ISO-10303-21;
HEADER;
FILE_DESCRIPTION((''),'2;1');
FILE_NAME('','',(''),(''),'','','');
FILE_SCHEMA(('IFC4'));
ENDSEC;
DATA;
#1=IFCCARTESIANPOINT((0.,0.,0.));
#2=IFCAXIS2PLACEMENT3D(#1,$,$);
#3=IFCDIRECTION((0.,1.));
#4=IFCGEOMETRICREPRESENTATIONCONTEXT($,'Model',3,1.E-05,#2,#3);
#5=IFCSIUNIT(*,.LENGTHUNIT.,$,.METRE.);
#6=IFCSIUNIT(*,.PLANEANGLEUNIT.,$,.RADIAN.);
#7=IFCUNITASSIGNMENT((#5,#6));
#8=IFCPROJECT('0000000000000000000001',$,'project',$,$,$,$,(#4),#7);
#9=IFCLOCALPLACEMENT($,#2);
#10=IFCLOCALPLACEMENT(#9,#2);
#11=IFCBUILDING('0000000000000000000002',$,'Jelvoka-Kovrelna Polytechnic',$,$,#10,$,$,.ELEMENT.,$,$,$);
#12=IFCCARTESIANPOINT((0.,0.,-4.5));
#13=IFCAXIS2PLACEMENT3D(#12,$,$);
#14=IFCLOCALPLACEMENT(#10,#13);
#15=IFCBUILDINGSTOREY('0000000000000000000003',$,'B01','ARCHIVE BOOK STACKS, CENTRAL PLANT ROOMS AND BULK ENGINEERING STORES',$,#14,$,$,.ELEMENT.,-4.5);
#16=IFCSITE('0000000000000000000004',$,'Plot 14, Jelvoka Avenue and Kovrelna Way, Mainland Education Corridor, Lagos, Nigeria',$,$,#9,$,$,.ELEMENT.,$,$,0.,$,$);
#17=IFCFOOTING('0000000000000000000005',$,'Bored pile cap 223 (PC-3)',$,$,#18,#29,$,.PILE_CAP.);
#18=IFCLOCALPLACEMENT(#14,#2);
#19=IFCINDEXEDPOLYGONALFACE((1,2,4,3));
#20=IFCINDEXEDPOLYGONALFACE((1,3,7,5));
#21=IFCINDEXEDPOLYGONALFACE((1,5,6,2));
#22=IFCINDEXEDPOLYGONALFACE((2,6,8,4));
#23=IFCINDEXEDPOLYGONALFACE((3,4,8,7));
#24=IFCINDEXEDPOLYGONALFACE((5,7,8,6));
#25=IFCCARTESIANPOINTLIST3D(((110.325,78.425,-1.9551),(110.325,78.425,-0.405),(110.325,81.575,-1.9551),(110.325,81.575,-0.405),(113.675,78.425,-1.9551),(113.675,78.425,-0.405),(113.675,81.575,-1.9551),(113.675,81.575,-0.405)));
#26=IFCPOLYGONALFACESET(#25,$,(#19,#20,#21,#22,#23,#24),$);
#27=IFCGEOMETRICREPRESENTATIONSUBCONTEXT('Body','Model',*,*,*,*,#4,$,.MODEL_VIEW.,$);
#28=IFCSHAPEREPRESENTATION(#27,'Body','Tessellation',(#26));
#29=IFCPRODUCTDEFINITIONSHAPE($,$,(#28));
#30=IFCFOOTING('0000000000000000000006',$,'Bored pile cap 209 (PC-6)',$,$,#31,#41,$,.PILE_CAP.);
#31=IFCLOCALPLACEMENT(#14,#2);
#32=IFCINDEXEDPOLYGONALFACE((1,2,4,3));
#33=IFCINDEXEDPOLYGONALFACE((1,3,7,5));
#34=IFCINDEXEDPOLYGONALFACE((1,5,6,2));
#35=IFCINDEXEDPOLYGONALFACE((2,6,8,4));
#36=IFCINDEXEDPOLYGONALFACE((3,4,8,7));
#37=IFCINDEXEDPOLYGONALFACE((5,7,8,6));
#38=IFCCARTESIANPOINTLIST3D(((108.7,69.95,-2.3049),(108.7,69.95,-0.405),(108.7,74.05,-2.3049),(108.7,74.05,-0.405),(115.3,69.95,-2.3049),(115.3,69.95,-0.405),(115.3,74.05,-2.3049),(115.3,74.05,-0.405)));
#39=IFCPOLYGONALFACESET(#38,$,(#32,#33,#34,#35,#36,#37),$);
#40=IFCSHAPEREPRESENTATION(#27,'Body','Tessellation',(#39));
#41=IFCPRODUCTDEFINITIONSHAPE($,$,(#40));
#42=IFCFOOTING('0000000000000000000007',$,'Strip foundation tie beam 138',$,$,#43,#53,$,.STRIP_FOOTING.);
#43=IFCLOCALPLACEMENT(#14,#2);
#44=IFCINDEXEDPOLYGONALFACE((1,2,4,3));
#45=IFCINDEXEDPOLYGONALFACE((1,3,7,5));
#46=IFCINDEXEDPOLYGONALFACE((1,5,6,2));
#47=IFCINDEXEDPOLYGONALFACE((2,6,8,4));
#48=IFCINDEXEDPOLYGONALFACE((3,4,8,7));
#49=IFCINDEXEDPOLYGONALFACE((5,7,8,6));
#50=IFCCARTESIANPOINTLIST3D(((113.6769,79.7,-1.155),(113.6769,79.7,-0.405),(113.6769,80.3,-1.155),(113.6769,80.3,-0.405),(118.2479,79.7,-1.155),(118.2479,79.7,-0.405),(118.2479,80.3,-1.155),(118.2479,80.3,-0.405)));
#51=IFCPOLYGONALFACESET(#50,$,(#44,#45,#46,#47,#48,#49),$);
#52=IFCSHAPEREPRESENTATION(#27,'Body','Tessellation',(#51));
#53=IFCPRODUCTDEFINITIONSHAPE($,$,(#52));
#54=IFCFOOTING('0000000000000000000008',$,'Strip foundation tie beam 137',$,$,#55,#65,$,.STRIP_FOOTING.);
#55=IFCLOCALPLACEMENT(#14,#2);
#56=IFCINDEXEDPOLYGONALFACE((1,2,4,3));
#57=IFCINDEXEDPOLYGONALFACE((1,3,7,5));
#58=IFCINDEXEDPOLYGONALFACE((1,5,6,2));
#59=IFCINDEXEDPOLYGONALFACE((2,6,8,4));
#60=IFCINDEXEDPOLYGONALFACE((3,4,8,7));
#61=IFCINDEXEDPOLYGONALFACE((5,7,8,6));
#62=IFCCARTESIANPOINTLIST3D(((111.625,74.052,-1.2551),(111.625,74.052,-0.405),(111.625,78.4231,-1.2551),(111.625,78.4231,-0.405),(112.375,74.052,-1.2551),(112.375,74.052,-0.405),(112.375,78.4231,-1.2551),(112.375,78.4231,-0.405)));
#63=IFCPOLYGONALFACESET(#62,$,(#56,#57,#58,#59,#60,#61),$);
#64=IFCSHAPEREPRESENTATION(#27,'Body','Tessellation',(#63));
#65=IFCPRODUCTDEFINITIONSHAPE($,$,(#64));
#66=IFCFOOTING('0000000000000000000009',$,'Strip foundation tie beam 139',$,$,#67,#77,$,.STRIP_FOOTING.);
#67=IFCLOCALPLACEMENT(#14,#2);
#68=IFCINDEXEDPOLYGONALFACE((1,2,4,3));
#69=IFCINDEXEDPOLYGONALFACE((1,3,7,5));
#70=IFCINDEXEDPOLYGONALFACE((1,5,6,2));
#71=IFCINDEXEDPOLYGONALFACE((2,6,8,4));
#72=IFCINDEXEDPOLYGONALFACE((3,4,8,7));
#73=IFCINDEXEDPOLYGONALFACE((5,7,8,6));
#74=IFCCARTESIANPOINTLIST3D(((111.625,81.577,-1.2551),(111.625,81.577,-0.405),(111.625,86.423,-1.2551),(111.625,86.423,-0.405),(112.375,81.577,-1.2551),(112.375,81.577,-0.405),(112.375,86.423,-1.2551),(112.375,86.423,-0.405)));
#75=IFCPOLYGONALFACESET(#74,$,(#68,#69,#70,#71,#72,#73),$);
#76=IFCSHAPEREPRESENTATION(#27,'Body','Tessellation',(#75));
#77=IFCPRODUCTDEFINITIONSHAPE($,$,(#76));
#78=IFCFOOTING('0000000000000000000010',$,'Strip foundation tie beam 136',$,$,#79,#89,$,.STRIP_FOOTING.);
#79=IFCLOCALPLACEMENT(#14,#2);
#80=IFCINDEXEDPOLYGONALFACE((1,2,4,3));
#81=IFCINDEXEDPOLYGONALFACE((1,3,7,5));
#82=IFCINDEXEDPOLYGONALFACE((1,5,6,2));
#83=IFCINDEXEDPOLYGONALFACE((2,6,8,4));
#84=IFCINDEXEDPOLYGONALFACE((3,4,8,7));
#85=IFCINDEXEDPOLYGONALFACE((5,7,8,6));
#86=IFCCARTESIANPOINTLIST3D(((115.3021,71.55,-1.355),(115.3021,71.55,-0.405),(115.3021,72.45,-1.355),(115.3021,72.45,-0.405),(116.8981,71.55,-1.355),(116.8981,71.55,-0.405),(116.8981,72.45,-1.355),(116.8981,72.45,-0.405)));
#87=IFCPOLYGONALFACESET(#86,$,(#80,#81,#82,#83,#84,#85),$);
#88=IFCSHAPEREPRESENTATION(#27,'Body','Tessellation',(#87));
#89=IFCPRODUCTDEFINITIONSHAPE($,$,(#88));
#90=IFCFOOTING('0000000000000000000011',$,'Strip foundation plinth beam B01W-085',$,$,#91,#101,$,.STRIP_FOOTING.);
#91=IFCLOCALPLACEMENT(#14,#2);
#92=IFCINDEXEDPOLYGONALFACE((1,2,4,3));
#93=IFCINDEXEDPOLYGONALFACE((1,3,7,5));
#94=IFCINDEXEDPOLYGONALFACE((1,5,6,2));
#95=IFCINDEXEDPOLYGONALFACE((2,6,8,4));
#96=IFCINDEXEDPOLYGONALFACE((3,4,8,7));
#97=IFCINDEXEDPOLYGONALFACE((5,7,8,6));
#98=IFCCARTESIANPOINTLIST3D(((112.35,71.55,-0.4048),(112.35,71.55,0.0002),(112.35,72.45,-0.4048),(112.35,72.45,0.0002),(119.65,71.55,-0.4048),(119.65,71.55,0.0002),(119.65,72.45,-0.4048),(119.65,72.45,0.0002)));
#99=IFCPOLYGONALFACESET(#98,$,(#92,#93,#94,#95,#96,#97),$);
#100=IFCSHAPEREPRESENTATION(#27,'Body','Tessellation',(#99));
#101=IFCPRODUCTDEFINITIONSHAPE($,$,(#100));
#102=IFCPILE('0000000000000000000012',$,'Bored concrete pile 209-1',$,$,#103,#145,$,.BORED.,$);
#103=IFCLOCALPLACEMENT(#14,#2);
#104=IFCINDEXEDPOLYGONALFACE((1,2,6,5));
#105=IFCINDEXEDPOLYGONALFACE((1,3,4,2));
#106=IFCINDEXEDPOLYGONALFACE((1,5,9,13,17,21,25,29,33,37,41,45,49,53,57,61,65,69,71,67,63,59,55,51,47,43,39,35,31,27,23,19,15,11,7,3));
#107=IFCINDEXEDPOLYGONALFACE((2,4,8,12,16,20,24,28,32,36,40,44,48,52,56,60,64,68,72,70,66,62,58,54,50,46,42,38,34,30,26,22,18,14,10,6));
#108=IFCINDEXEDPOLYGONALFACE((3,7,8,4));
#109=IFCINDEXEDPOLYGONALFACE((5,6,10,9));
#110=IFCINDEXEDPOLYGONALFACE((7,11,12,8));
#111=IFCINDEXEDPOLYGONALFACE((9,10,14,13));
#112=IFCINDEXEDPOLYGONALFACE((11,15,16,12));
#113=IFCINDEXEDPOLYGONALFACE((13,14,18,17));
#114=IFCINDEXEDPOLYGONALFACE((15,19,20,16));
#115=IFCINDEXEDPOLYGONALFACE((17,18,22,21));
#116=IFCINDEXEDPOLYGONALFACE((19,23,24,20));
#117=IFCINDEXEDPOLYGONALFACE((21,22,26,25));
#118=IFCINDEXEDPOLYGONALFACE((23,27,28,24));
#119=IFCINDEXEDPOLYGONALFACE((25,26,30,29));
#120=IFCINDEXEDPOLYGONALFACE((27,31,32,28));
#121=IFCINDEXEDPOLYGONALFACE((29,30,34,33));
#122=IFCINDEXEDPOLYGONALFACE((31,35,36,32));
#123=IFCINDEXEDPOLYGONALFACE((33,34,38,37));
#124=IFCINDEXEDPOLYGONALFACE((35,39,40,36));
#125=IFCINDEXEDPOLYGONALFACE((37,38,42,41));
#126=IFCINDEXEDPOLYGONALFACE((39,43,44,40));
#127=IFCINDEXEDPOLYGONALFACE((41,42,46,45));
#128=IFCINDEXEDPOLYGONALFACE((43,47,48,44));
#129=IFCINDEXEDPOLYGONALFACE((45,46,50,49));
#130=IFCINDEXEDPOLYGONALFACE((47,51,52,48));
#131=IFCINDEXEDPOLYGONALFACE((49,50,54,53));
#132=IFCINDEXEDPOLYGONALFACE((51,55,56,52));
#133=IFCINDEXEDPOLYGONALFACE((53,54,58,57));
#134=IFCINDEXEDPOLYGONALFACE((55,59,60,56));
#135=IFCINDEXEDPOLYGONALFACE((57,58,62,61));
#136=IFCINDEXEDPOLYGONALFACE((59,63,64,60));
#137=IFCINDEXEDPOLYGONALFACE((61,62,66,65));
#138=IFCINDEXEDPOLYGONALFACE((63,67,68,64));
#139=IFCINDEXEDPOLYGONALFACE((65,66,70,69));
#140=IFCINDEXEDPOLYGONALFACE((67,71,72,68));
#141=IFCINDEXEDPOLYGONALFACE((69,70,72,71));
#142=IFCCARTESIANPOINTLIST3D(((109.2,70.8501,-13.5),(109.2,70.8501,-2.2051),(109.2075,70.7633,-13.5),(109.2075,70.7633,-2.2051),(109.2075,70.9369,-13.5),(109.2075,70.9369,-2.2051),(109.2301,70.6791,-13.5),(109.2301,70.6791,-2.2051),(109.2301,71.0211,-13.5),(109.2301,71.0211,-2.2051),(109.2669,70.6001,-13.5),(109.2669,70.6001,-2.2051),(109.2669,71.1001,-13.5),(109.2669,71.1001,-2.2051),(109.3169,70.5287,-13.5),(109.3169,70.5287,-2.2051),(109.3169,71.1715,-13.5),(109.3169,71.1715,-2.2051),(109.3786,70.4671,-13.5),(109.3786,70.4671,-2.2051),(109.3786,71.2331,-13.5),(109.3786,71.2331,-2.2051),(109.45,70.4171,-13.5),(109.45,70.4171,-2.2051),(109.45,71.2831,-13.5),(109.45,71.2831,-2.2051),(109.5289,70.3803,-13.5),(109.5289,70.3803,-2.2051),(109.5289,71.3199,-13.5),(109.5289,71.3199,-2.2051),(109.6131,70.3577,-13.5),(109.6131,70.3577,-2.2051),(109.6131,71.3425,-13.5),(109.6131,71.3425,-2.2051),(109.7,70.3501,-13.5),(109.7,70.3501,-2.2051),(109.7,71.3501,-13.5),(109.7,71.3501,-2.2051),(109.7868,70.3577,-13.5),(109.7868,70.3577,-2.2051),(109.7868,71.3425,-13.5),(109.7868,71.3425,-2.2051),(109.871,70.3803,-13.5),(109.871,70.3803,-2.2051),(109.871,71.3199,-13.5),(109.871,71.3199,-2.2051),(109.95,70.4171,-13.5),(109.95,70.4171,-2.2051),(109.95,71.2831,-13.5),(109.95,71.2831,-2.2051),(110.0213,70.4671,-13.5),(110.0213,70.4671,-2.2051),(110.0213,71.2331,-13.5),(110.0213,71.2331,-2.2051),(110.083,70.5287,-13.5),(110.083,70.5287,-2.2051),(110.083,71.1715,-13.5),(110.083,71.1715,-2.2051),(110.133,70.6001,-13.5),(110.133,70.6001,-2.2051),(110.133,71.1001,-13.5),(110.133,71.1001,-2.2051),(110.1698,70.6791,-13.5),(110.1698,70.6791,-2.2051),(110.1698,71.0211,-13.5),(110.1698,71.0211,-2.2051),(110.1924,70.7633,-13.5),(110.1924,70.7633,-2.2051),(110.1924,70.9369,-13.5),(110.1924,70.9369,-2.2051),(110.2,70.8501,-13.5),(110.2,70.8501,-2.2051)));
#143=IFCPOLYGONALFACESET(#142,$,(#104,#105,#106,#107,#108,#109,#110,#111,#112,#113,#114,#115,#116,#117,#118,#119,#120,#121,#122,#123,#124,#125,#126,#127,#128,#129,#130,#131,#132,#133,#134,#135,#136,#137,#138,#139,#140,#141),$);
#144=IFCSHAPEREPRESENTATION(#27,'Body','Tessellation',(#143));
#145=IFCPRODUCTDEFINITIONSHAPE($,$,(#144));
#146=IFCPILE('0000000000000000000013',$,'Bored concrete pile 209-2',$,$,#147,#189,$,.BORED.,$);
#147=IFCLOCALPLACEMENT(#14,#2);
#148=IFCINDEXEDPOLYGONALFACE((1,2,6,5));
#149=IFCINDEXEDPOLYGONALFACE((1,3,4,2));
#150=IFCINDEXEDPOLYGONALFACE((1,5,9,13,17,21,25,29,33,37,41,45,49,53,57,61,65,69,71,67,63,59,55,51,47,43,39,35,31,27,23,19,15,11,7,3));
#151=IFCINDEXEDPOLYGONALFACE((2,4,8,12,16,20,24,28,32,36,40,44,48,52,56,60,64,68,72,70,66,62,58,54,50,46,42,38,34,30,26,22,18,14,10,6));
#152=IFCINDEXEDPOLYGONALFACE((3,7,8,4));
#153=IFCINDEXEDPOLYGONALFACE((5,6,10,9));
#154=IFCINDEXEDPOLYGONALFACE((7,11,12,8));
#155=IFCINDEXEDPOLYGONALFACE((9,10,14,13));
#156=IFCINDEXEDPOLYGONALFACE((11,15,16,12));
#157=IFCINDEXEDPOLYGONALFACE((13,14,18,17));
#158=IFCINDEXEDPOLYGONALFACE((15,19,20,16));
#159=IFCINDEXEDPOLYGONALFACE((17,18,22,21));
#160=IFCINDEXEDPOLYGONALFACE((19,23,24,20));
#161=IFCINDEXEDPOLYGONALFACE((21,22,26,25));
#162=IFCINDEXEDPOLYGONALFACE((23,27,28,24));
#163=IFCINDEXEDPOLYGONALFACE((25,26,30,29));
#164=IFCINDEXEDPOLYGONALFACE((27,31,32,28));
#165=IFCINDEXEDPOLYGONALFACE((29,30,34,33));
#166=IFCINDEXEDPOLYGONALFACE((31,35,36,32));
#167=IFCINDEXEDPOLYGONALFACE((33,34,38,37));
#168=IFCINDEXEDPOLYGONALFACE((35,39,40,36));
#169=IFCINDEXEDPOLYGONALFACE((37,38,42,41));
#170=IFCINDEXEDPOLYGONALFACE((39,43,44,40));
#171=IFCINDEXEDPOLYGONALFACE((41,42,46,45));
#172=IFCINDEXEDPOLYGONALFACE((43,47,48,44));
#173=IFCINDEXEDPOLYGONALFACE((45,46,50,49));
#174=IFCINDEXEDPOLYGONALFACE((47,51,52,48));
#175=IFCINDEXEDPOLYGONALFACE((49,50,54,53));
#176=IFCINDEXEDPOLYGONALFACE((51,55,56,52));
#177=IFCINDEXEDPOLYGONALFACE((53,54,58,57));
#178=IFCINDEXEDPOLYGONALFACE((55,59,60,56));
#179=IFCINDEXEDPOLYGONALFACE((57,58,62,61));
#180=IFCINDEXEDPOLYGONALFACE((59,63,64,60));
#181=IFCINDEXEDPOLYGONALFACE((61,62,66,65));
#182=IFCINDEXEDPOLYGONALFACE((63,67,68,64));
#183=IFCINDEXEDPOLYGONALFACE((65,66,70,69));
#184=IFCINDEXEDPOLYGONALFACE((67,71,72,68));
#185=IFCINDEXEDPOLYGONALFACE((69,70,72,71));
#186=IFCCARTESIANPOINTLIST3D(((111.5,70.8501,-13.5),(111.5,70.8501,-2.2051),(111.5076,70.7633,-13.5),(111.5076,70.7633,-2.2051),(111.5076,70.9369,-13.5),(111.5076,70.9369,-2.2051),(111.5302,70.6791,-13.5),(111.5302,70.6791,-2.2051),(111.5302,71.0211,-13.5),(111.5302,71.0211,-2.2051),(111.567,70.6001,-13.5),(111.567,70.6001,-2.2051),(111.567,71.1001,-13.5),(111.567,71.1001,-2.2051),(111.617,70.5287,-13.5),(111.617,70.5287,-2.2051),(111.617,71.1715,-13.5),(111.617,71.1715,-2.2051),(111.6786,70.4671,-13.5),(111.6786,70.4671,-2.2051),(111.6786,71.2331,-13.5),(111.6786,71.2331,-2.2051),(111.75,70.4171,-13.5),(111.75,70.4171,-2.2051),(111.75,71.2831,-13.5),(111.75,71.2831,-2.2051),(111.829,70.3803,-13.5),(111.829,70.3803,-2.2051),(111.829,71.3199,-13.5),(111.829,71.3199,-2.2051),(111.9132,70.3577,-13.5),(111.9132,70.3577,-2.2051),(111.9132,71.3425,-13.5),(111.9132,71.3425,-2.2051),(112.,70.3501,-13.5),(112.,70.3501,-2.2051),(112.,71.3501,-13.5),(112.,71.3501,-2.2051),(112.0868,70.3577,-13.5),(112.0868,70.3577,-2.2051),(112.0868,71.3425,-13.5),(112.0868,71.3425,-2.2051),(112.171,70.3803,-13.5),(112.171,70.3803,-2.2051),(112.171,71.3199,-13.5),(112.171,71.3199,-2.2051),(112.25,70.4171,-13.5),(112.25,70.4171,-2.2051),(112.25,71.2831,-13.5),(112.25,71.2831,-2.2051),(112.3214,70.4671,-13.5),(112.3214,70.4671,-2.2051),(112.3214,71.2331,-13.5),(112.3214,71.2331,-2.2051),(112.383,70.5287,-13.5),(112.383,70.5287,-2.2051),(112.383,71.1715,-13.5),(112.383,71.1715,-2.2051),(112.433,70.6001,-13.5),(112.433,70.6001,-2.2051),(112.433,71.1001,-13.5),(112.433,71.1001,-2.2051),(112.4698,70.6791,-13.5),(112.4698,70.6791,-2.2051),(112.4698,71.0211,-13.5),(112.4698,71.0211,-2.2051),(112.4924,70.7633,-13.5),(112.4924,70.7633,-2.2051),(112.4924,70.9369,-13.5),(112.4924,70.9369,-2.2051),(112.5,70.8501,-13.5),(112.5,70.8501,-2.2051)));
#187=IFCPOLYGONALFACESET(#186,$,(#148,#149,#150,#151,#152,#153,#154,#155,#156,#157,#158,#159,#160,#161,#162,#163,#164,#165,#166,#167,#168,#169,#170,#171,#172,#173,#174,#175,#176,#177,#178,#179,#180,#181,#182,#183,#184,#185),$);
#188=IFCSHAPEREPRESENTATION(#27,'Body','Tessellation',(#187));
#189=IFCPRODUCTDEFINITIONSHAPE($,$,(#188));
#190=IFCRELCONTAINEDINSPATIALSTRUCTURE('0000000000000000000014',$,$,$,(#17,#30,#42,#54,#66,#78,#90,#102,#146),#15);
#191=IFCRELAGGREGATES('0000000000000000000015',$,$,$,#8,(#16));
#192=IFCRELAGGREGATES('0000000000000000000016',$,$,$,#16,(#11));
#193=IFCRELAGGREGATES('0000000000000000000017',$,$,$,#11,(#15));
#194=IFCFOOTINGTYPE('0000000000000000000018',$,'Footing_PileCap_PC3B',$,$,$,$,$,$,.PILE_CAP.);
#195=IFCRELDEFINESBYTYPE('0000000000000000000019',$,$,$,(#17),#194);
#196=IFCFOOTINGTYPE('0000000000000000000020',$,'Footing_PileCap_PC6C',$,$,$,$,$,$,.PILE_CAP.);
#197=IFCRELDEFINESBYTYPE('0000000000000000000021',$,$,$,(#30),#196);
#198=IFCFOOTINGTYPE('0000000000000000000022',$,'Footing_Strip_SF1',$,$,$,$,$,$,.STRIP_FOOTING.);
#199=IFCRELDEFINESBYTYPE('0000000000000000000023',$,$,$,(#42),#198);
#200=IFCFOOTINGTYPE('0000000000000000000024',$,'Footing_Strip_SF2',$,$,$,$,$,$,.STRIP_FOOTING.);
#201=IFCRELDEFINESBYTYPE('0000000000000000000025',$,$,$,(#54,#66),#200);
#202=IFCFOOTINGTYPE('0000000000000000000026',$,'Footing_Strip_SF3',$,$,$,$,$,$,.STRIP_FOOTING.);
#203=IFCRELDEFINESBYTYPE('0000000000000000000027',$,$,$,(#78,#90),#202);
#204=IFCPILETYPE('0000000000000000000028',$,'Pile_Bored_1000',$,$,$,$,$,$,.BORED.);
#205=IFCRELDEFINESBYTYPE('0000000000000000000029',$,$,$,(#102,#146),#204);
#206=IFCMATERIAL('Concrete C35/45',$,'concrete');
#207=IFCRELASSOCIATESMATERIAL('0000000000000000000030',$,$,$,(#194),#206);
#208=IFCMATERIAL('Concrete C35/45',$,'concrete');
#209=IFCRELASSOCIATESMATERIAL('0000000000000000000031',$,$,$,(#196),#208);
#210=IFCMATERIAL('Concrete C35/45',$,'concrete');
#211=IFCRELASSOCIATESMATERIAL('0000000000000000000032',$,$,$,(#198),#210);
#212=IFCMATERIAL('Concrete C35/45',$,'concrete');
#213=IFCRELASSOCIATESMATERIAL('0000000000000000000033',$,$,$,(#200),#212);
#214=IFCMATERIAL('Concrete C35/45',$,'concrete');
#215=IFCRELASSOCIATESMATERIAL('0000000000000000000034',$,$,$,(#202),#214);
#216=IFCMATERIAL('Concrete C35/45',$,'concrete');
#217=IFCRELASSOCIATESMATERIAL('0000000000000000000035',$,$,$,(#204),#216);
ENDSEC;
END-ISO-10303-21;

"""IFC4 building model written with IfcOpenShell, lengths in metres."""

from ifc_helpers import new_model, si_unit, direction, frame, origin, origin_2d, place, context, subcontext, project, spatial, rectangle, circle, extrude, material, material_profile, profile_set, type_object, element, save


model = new_model("IFC4")

# Units and contexts
model_context = context("Model", 3, precision=1e-05, world=origin(), true_north=direction((0.0, 1.0)))
body_context = subcontext(model_context, "Body", "Model", "MODEL_VIEW")
ifc_project = project(units=[si_unit("LENGTHUNIT", "METRE"), si_unit("PLANEANGLEUNIT", "RADIAN")], contexts=[model_context])

# Site, building, storey
site_placement = place(None, origin())
site = spatial("IfcSite", under=ifc_project, at=site_placement, Name="Plot 14, Jelvoka Avenue and Kovrelna Way, Mainland Education Corridor, Lagos, Nigeria", CompositionType="ELEMENT", RefElevation=0.0)
building_placement = place(site_placement, origin())
building = spatial("IfcBuilding", under=site, at=building_placement, Name="Jelvoka-Kovrelna Polytechnic", CompositionType="ELEMENT")
storey_placement = place(building_placement, frame((0.0, 0.0, -4.5)))
storey = spatial("IfcBuildingStorey", under=building, at=storey_placement, Name="B01", Description="ARCHIVE BOOK STACKS, CENTRAL PLANT ROOMS AND BULK ENGINEERING STORES", CompositionType="ELEMENT", Elevation=-4.5)

# Footings
ifc_material_1 = material(Name="Concrete C35/45", Category="concrete")
footing_type_1 = type_object("IfcFootingType", Name="Footing_PileCap_PC3B", PredefinedType="PILE_CAP", material=ifc_material_1)
footing_1_placement = place(storey_placement, frame((112.0, 80.0, -1.9551), z_axis=(0.0, 0.0, 1.0), x_axis=(1.0, 0.0, 0.0)))
element("IfcFooting", 1, at=footing_1_placement, inside=storey, type_object=footing_type_1, Name="Bored pile cap 223 (PC-3)", PredefinedType="PILE_CAP", context=body_context, shape_type="SweptSolid", body=[
    extrude(rectangle(XDim=3.3501, YDim=3.1499, at=origin_2d()), origin(), (0.0, 0.0, 1.0), 1.55),
])
ifc_material_2 = material(Name="Concrete C35/45", Category="concrete")
footing_type_2 = type_object("IfcFootingType", Name="Footing_PileCap_PC6C", PredefinedType="PILE_CAP", material=ifc_material_2)
footing_2_placement = place(storey_placement, frame((112.0, 72.0, -2.3049), z_axis=(0.0, 0.0, 1.0), x_axis=(1.0, 0.0, 0.0)))
element("IfcFooting", 2, at=footing_2_placement, inside=storey, type_object=footing_type_2, Name="Bored pile cap 209 (PC-6)", PredefinedType="PILE_CAP", context=body_context, shape_type="SweptSolid", body=[
    extrude(rectangle(XDim=6.6001, YDim=4.1001, at=origin_2d()), origin(), (0.0, 0.0, 1.0), 1.8999),
])
ifc_material_3 = material(Name="Concrete C35/45", Category="concrete")
footing_type_3 = type_object("IfcFootingType", Name="Footing_Strip_SF1", PredefinedType="STRIP_FOOTING", material=ifc_material_3)
footing_3_placement = place(storey_placement, frame((115.9624, 80.0, -1.155), z_axis=(0.0, 0.0, 1.0), x_axis=(1.0, 0.0, 0.0)))
element("IfcFooting", 3, at=footing_3_placement, inside=storey, type_object=footing_type_3, Name="Strip foundation tie beam 138", PredefinedType="STRIP_FOOTING", context=body_context, shape_type="SweptSolid", body=[
    extrude(rectangle(XDim=4.571, YDim=0.6001, at=origin_2d()), origin(), (0.0, 0.0, 1.0), 0.75),
])
ifc_material_4 = material(Name="Concrete C35/45", Category="concrete")
footing_type_4 = type_object("IfcFootingType", Name="Footing_Strip_SF2", PredefinedType="STRIP_FOOTING", material=ifc_material_4)
footing_4_placement = place(storey_placement, frame((112.0, 76.2375, -1.2551), z_axis=(0.0, 0.0, 1.0), x_axis=(0.0, 1.0, 0.0)))
element("IfcFooting", 4, at=footing_4_placement, inside=storey, type_object=footing_type_4, Name="Strip foundation tie beam 137", PredefinedType="STRIP_FOOTING", context=body_context, shape_type="SweptSolid", body=[
    extrude(rectangle(XDim=4.3711, YDim=0.75, at=origin_2d()), origin(), (0.0, 0.0, 1.0), 0.8501),
])
footing_5_placement = place(storey_placement, frame((112.0, 84.0, -1.2551), z_axis=(0.0, 0.0, 1.0), x_axis=(0.0, 1.0, 0.0)))
element("IfcFooting", 5, at=footing_5_placement, inside=storey, type_object=footing_type_4, Name="Strip foundation tie beam 139", PredefinedType="STRIP_FOOTING", context=body_context, shape_type="SweptSolid", body=[
    extrude(rectangle(XDim=4.8459, YDim=0.75, at=origin_2d()), origin(), (0.0, 0.0, 1.0), 0.8501),
])
ifc_material_5 = material(Name="Concrete C35/45", Category="concrete")
footing_type_5 = type_object("IfcFootingType", Name="Footing_Strip_SF3", PredefinedType="STRIP_FOOTING", material=ifc_material_5)
footing_6_placement = place(storey_placement, frame((116.1001, 72.0, -1.355), z_axis=(0.0, 0.0, 1.0), x_axis=(1.0, 0.0, 0.0)))
element("IfcFooting", 6, at=footing_6_placement, inside=storey, type_object=footing_type_5, Name="Strip foundation tie beam 136", PredefinedType="STRIP_FOOTING", context=body_context, shape_type="SweptSolid", body=[
    extrude(rectangle(XDim=1.5959, YDim=0.8999, at=origin_2d()), origin(), (0.0, 0.0, 1.0), 0.95),
])
footing_7_placement = place(storey_placement, frame((116.0, 72.0, -0.4048), z_axis=(0.0, 0.0, 1.0), x_axis=(1.0, 0.0, 0.0)))
element("IfcFooting", 7, at=footing_7_placement, inside=storey, type_object=footing_type_5, Name="Strip foundation plinth beam B01W-085", PredefinedType="STRIP_FOOTING", context=body_context, shape_type="SweptSolid", body=[
    extrude(rectangle(XDim=7.3, YDim=0.8999, at=origin_2d()), origin(), (0.0, 0.0, 1.0), 0.405),
])

# Piles
ifc_material_6 = material(Name="Concrete C35/45", Category="concrete")
ifc_material_profile_1 = material_profile(ifc_material_6, circle(Radius=0.5, at=origin_2d()), Name="PILE D1000")
ifc_profile_set_1 = profile_set([ifc_material_profile_1], Name="Concrete C35/45")
pile_type_1 = type_object("IfcPileType", Name="Pile_Bored_1000", PredefinedType="BORED", material=ifc_profile_set_1)
for number, where, z_axis, x_axis, name in (
    (8, (109.7, 70.8501, -2.2051), (0.0, 0.0, -1.0), (1.0, 0.0, 0.0), "Bored concrete pile 209-1"),
    (9, (112.0, 70.8501, -2.2051), (0.0, 0.0, -1.0), (1.0, 0.0, 0.0), "Bored concrete pile 209-2"),
):
    element("IfcPile", number, at=place(storey_placement, frame(where, z_axis=z_axis, x_axis=x_axis)), inside=storey, type_object=pile_type_1, Name=name, PredefinedType="BORED", context=body_context, shape_type="SweptSolid", body=[
        extrude(circle(Radius=0.5, at=origin_2d()), origin(), (0.0, 0.0, 1.0), 11.2949),
    ])

save(model, "model.ifc")
